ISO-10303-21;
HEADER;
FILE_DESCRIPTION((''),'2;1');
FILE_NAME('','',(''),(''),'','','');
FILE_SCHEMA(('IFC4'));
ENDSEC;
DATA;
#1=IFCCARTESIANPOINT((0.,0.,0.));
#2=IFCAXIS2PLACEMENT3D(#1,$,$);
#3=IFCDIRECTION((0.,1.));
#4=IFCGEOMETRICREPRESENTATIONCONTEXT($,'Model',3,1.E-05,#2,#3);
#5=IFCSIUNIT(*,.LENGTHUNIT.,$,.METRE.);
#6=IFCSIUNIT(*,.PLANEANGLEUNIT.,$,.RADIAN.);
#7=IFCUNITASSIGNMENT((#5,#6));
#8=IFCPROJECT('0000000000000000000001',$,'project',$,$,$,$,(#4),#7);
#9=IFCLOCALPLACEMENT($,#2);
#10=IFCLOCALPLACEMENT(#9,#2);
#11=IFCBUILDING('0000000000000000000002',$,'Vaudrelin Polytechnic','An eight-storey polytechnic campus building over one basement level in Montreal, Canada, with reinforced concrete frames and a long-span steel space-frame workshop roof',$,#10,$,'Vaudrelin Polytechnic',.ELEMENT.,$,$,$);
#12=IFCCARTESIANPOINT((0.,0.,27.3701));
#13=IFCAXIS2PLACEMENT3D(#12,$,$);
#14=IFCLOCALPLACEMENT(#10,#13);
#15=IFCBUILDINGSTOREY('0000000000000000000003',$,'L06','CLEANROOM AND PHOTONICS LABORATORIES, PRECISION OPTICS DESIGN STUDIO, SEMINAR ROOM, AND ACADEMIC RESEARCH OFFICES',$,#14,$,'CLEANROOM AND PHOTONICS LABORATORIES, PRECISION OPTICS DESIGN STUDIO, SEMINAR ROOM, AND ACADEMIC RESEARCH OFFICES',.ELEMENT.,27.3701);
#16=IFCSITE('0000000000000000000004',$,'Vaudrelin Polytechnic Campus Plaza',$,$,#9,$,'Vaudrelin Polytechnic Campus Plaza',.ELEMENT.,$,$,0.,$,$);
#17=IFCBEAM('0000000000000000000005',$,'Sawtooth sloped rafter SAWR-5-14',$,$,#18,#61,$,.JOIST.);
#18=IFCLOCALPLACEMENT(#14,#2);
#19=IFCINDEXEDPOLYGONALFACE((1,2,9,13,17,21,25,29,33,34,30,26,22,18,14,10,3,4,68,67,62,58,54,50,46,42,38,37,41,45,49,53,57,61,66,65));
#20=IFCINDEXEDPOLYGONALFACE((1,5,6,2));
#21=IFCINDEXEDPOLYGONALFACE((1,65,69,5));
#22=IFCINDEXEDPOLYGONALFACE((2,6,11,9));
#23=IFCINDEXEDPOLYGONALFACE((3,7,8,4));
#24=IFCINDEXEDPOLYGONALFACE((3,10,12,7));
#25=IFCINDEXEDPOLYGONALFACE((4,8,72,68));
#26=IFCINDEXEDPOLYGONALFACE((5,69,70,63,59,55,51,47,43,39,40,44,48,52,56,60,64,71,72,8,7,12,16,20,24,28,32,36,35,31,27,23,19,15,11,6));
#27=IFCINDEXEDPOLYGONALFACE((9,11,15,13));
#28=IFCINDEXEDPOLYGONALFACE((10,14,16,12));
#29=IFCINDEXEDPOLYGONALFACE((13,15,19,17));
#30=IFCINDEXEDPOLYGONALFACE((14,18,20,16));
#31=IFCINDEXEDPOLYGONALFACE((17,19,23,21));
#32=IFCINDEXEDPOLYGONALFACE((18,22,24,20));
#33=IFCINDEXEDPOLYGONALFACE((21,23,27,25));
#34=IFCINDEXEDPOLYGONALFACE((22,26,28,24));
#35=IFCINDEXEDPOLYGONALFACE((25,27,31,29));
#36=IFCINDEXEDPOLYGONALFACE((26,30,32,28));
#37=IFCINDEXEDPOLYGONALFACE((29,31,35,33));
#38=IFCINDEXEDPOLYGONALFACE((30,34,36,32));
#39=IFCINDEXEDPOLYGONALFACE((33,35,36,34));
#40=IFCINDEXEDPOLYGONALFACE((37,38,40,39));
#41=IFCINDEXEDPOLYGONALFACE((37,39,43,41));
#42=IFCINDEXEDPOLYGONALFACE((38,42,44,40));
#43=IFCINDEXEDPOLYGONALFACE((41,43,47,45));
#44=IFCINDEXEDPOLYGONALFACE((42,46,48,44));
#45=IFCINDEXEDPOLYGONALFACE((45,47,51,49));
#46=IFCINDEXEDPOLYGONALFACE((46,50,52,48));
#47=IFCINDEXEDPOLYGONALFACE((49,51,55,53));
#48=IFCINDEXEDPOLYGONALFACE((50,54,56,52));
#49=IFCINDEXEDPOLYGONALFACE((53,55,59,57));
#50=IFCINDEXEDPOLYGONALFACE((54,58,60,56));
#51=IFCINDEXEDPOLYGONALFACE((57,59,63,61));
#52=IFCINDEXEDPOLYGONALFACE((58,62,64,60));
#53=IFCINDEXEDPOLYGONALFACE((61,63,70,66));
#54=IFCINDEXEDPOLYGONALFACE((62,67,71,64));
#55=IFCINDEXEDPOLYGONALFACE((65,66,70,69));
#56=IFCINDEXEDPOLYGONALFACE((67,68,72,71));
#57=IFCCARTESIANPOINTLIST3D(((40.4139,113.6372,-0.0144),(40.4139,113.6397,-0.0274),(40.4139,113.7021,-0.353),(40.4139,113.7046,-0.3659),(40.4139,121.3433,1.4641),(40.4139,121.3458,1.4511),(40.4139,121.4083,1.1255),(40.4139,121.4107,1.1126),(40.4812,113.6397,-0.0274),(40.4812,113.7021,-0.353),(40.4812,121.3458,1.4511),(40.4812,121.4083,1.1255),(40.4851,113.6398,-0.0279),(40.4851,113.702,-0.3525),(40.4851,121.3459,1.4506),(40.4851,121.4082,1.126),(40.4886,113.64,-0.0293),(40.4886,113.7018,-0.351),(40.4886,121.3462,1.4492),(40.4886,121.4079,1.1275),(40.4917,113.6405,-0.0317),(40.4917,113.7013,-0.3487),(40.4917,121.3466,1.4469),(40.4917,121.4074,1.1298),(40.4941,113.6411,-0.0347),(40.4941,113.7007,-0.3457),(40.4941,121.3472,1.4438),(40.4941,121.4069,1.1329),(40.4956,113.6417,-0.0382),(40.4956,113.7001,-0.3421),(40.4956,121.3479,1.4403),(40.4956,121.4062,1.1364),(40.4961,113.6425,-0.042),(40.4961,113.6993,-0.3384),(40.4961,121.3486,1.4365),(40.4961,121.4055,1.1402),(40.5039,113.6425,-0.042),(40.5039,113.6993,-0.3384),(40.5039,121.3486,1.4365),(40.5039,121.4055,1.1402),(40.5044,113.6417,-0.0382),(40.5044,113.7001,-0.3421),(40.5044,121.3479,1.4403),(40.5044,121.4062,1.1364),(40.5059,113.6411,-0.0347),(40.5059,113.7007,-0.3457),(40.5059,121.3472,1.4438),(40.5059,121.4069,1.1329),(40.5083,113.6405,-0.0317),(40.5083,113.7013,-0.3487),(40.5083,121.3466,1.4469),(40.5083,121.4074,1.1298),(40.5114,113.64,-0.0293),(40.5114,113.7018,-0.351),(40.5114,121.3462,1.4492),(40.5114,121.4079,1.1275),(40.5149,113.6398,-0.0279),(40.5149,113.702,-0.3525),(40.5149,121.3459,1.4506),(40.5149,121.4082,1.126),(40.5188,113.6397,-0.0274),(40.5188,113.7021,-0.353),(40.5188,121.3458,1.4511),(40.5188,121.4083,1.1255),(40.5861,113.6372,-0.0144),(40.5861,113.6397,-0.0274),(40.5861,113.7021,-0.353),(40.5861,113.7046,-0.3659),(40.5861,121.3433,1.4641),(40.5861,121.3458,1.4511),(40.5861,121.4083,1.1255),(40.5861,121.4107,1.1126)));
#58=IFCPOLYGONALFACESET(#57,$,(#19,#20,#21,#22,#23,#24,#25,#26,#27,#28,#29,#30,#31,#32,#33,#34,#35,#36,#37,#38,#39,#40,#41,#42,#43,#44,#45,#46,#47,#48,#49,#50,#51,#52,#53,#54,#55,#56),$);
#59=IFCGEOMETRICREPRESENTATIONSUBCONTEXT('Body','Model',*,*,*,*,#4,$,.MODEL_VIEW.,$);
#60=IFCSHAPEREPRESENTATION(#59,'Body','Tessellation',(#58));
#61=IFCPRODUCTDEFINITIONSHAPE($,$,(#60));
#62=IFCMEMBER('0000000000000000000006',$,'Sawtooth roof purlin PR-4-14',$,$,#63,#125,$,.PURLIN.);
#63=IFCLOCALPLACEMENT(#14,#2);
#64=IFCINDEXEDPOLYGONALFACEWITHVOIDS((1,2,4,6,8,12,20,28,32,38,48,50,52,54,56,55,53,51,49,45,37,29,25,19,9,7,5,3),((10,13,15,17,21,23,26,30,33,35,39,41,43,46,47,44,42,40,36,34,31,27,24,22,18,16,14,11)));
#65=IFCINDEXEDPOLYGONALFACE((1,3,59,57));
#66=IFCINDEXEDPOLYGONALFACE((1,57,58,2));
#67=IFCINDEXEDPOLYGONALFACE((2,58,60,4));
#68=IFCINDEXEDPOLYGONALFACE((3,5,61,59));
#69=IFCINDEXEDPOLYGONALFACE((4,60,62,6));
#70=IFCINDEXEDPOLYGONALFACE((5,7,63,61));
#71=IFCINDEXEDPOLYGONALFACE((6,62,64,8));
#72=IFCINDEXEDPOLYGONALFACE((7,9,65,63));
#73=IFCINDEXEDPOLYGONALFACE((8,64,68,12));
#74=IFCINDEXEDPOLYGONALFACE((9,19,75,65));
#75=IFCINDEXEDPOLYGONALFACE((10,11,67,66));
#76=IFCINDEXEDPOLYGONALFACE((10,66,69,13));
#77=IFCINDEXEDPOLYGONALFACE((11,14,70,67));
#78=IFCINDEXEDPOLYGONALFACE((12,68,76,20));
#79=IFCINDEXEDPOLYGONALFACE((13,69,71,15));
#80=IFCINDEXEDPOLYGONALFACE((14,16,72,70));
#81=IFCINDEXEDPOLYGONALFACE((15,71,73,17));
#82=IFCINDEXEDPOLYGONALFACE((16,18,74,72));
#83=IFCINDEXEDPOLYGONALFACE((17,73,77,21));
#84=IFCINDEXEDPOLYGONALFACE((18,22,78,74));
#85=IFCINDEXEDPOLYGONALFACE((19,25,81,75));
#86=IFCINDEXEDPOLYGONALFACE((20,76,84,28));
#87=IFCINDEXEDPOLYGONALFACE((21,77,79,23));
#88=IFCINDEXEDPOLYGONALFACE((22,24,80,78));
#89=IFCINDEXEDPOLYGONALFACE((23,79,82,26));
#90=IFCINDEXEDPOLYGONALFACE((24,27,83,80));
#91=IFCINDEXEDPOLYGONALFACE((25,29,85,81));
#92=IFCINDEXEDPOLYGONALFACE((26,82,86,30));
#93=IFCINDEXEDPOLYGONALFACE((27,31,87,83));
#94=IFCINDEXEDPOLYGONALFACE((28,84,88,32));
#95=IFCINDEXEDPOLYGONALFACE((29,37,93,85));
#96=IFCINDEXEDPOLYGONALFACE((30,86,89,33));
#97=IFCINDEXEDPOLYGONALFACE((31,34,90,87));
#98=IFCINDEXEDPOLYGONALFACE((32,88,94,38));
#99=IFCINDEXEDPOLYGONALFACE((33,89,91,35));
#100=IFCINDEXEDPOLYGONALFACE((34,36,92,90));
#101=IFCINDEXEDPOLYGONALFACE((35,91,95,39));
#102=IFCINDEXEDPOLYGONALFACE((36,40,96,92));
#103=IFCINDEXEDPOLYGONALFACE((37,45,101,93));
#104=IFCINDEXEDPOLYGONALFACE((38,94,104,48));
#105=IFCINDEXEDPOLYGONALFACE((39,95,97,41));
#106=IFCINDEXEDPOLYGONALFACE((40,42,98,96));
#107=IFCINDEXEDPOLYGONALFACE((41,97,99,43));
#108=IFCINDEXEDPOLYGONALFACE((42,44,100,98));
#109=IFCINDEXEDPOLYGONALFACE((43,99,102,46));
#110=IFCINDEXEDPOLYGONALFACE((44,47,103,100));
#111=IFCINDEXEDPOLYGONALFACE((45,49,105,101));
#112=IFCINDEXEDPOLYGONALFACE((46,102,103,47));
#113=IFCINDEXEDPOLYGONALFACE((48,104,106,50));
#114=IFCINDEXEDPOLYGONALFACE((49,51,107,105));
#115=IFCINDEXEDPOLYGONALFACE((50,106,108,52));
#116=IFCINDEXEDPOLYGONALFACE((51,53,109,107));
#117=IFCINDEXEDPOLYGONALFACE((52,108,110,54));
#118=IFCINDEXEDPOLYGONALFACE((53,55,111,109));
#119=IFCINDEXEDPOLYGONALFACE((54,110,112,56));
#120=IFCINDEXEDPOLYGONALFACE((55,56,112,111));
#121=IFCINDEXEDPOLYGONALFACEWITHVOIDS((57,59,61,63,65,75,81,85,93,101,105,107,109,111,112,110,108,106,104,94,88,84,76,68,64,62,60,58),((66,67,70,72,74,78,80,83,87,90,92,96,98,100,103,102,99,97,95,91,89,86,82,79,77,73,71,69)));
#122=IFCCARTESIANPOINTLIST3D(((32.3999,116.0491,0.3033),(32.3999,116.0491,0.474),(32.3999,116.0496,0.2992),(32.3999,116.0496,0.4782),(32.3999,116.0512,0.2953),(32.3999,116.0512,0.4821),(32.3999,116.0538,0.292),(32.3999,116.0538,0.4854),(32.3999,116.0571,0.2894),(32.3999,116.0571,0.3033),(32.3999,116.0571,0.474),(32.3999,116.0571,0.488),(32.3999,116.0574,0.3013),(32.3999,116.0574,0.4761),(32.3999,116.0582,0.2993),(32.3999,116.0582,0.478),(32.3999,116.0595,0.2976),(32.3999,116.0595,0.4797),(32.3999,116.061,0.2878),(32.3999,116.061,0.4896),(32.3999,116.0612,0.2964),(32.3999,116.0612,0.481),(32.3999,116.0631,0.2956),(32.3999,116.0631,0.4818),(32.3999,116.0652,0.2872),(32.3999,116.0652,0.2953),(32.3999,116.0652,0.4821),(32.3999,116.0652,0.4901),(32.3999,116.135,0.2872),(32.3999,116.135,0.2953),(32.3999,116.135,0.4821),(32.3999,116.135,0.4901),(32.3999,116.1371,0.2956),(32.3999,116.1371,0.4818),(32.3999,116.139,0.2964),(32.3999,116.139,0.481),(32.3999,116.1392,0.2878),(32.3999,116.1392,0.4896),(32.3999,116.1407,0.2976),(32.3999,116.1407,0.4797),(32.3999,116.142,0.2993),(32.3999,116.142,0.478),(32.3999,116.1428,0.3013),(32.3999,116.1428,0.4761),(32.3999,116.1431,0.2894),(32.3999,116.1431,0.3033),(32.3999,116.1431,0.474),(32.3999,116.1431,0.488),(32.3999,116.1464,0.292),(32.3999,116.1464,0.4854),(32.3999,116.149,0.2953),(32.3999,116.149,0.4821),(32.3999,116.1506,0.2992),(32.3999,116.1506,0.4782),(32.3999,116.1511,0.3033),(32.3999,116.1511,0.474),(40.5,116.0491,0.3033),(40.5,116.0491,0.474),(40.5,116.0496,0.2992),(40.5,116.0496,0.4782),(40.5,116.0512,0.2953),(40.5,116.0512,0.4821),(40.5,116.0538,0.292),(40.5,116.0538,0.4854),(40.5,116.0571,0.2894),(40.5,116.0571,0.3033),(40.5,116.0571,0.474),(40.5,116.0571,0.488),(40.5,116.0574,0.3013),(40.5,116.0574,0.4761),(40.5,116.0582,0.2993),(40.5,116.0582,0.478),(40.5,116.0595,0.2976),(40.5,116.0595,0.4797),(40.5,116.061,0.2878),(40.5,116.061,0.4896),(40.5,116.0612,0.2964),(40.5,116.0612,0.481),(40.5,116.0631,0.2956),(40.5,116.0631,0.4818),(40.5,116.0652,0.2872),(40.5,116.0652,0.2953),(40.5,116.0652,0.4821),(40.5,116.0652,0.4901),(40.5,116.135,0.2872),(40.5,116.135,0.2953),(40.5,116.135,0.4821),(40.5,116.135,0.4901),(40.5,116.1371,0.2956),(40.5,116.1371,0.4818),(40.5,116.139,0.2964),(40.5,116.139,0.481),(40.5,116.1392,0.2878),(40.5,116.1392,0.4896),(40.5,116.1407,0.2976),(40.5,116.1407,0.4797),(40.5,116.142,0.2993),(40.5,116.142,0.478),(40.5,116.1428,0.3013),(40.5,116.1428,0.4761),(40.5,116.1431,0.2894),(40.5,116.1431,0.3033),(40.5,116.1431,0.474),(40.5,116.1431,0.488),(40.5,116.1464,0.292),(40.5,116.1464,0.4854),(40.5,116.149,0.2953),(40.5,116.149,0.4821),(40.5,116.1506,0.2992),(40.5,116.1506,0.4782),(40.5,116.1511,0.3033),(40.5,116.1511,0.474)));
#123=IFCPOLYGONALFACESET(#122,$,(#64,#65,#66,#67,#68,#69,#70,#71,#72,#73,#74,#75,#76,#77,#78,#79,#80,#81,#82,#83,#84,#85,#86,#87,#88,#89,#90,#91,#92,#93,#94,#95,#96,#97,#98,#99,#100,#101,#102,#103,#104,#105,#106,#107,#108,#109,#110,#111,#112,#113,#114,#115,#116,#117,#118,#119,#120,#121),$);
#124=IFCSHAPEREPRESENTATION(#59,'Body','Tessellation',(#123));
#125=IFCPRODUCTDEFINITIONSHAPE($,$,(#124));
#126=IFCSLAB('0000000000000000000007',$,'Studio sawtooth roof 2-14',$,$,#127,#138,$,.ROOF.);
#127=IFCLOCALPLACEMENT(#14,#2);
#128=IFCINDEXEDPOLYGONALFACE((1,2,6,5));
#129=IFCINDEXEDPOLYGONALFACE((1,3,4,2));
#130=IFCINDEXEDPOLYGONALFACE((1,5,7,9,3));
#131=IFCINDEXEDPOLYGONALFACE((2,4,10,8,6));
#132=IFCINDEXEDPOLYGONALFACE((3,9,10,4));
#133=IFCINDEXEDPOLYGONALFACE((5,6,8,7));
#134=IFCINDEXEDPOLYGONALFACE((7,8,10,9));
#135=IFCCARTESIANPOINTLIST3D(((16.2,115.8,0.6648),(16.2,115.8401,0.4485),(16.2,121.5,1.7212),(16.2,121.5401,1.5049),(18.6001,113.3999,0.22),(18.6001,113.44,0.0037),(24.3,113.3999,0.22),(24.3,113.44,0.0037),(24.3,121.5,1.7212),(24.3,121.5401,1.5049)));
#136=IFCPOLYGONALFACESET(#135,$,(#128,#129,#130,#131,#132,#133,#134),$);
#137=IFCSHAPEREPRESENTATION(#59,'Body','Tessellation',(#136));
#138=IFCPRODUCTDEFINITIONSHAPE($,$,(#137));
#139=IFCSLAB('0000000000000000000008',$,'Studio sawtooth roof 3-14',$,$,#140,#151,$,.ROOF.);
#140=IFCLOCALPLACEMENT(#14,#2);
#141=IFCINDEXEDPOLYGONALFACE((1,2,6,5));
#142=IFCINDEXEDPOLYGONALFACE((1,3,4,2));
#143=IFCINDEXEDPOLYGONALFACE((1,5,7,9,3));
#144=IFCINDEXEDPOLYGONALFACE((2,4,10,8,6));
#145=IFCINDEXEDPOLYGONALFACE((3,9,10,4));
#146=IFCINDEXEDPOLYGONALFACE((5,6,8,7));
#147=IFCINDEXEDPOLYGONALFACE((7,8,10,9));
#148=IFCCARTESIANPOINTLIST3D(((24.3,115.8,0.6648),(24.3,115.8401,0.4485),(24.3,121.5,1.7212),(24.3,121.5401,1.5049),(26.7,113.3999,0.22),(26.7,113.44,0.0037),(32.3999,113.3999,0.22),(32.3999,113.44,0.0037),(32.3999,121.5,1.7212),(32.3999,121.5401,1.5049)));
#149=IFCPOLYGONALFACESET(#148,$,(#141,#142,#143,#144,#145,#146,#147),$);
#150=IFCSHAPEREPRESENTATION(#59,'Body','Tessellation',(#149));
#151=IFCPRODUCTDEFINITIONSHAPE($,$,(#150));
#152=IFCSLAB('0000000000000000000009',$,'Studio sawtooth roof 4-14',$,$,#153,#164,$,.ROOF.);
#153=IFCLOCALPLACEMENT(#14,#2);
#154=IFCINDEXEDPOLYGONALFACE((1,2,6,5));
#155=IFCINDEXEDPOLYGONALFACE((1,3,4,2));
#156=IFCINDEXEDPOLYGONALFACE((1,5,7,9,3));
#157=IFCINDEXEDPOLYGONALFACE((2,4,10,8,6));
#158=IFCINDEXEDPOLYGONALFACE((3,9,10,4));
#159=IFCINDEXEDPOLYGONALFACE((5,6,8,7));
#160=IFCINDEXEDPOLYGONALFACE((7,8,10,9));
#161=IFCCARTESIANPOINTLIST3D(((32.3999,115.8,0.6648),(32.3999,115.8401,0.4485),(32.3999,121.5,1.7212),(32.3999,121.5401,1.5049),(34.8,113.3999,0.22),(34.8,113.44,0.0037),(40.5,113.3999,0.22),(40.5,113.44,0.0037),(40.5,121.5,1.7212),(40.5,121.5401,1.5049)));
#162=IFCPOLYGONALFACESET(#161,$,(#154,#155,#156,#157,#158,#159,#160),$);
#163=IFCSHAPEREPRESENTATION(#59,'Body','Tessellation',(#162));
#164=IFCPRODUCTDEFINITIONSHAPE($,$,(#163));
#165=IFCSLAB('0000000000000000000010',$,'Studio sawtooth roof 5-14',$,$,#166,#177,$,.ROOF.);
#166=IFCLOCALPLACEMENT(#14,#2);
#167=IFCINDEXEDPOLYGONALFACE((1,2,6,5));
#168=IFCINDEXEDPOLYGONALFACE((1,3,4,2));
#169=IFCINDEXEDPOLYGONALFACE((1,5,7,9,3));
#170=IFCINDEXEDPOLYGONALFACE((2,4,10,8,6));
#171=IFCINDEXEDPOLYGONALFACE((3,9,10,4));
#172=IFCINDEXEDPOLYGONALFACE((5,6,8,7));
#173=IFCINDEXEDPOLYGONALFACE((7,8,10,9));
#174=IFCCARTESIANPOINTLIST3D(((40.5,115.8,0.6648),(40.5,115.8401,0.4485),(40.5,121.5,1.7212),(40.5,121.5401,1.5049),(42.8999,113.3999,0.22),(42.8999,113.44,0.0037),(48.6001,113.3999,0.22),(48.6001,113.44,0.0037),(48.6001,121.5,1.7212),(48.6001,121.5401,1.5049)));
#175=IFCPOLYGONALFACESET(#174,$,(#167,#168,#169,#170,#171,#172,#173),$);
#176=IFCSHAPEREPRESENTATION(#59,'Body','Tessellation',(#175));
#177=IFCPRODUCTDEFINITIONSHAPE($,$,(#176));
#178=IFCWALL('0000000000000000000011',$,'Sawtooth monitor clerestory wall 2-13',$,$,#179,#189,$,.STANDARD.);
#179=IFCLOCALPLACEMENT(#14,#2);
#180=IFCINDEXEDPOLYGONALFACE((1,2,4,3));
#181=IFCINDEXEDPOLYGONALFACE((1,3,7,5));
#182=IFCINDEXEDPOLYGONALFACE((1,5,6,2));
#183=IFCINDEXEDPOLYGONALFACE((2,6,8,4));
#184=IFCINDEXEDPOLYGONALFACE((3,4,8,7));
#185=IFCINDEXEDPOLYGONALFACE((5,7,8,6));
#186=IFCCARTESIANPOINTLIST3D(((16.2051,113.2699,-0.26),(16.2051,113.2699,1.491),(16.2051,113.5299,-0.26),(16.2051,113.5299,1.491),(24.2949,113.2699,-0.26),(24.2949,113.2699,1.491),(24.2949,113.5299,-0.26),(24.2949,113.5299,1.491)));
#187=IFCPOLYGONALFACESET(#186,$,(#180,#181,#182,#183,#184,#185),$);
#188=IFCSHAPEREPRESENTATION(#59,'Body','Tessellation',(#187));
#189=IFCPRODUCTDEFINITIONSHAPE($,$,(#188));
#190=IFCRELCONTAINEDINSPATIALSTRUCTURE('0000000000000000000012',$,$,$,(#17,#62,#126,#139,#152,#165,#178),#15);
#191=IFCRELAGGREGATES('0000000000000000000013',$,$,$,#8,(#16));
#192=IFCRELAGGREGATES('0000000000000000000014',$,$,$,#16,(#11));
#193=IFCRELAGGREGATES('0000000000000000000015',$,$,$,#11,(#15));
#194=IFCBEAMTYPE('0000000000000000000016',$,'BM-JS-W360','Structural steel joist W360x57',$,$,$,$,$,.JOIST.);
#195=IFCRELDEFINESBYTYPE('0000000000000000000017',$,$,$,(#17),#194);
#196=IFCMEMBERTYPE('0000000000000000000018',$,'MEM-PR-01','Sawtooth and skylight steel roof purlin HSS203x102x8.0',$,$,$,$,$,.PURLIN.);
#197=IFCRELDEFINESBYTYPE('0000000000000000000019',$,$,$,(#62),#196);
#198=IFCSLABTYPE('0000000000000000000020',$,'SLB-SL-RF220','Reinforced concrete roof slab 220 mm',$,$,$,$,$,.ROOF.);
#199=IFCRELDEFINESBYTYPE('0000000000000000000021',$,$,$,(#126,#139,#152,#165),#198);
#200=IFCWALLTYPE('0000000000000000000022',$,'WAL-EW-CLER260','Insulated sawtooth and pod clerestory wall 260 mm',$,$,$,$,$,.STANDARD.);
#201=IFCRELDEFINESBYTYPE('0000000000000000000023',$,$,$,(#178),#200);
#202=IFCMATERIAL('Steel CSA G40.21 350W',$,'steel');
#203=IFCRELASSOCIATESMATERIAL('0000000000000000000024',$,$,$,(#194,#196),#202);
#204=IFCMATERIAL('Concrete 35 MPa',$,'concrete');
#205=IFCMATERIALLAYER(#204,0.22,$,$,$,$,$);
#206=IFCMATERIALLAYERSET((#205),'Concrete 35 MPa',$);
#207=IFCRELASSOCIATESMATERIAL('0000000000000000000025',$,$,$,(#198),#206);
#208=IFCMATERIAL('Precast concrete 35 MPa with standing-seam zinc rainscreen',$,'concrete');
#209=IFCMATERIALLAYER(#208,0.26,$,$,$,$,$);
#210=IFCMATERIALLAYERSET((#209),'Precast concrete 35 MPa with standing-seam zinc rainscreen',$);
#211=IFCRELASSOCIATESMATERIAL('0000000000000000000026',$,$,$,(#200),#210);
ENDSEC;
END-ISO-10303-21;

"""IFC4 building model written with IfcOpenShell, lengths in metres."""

from ifc_helpers import new_model, si_unit, direction, frame, frame_2d, origin, origin_2d, place, context, subcontext, project, spatial, polyline, rectangle, hollow_rectangle, i_section, outline, extrude, material, layer, layer_set, material_profile, profile_set, type_object, element, save


model = new_model("IFC4")

# Units and contexts
model_context = context("Model", 3, precision=1e-05, world=origin(), true_north=direction((0.0, 1.0)))
body_context = subcontext(model_context, "Body", "Model", "MODEL_VIEW")
ifc_project = project(units=[si_unit("LENGTHUNIT", "METRE"), si_unit("PLANEANGLEUNIT", "RADIAN")], contexts=[model_context])

# Site, building, storey
site_placement = place(None, origin())
site = spatial("IfcSite", under=ifc_project, at=site_placement, Name="Vaudrelin Polytechnic Campus Plaza", LongName="Vaudrelin Polytechnic Campus Plaza", CompositionType="ELEMENT", RefElevation=0.0)
building_placement = place(site_placement, origin())
building = spatial("IfcBuilding", under=site, at=building_placement, Name="Vaudrelin Polytechnic", Description="An eight-storey polytechnic campus building over one basement level in Montreal, Canada, with reinforced concrete frames and a long-span steel space-frame workshop roof", LongName="Vaudrelin Polytechnic", CompositionType="ELEMENT")
storey_placement = place(building_placement, frame((0.0, 0.0, 27.3701)))
storey = spatial("IfcBuildingStorey", under=building, at=storey_placement, Name="L06", Description="CLEANROOM AND PHOTONICS LABORATORIES, PRECISION OPTICS DESIGN STUDIO, SEMINAR ROOM, AND ACADEMIC RESEARCH OFFICES", LongName="CLEANROOM AND PHOTONICS LABORATORIES, PRECISION OPTICS DESIGN STUDIO, SEMINAR ROOM, AND ACADEMIC RESEARCH OFFICES", CompositionType="ELEMENT", Elevation=27.3701)

# Shared definitions
ifc_material_1 = material(Name="Steel CSA G40.21 350W", Category="steel")

# Beam
ifc_material_profile_1 = material_profile(ifc_material_1, i_section(OverallWidth=0.1721, OverallDepth=0.3579, WebThickness=0.0078, FlangeThickness=0.0132, FilletRadius=0.0149, at=origin_2d()), Name="W360x57")
ifc_profile_set_1 = profile_set([ifc_material_profile_1], Name="Steel CSA G40.21 350W")
beam_type = type_object("IfcBeamType", Name="BM-JS-W360", Description="Structural steel joist W360x57", PredefinedType="JOIST", material=ifc_profile_set_1)
for number, where, z_axis, x_axis, name in (
    (1, (40.5, 113.6709, -0.1902), (0.0, 0.982087, 0.188427), (-1.0, 0.0, 0.0), "Sawtooth sloped rafter SAWR-5-14"),
):
    element("IfcBeam", number, at=place(storey_placement, frame(where, z_axis=z_axis, x_axis=x_axis)), inside=storey, type_object=beam_type, Name=name, PredefinedType="JOIST", context=body_context, shape_type="SweptSolid", body=[
        extrude(i_section(OverallWidth=0.1721, OverallDepth=0.3579, WebThickness=0.0078, FlangeThickness=0.0132, FilletRadius=0.0149, at=origin_2d()), origin(), (0.0, 0.0, 1.0), 7.8467),
    ])

# Member
ifc_material_profile_2 = material_profile(ifc_material_1, hollow_rectangle(XDim=0.1021, YDim=0.2029, WallThickness=0.0081, InnerFilletRadius=0.0081, OuterFilletRadius=0.0161, at=origin_2d()), Name="HSS203x102x8.0")
ifc_profile_set_2 = profile_set([ifc_material_profile_2], Name="Steel CSA G40.21 350W")
member_type = type_object("IfcMemberType", Name="MEM-PR-01", Description="Sawtooth and skylight steel roof purlin HSS203x102x8.0", PredefinedType="PURLIN", material=ifc_profile_set_2)
member_placement = place(storey_placement, frame((32.3999, 116.1001, 0.3887), z_axis=(1.0, 0.0, 0.0), x_axis=(0.0, 1.0, 0.0)))
element("IfcMember", 2, at=member_placement, inside=storey, type_object=member_type, Name="Sawtooth roof purlin PR-4-14", PredefinedType="PURLIN", context=body_context, shape_type="SweptSolid", body=[
    extrude(hollow_rectangle(XDim=0.1021, YDim=0.2029, WallThickness=0.0081, InnerFilletRadius=0.0081, OuterFilletRadius=0.0161, at=origin_2d()), origin(), (0.0, 0.0, 1.0), 8.1001),
])

# Slabs
ifc_material_2 = material(Name="Concrete 35 MPa", Category="concrete")
ifc_layer_1 = layer(ifc_material_2, 0.22)
ifc_layer_set_1 = layer_set([ifc_layer_1], Name="Concrete 35 MPa")
slab_type = type_object("IfcSlabType", Name="SLB-SL-RF220", Description="Reinforced concrete roof slab 220 mm", PredefinedType="ROOF", material=ifc_layer_set_1)
slab_1_placement = place(storey_placement, frame((16.2, 115.8, 0.6648), z_axis=(0.0, -0.18223, 0.983256), x_axis=(0.701112, -0.701112, -0.129939)))
element("IfcSlab", 3, at=slab_1_placement, inside=storey, type_object=slab_type, Name="Studio sawtooth roof 2-14", PredefinedType="ROOF", context=body_context, shape_type="SweptSolid", body=[
    extrude(outline(polyline([(0.0, 0.0), (3.4233, 0.0), (7.4196, 4.0644), (1.5455, 9.8401), (-4.1336, 4.0644), (0.0, 0.0)])), origin(), (0.0, 0.0, -1.0), 0.22),
])
slab_2_placement = place(storey_placement, frame((24.3, 115.8, 0.6648), z_axis=(0.0, -0.18223, 0.983256), x_axis=(0.701076, -0.701147, -0.129946)))
element("IfcSlab", 4, at=slab_2_placement, inside=storey, type_object=slab_type, Name="Studio sawtooth roof 3-14", PredefinedType="ROOF", context=body_context, shape_type="SweptSolid", body=[
    extrude(outline(polyline([(0.0, 0.0), (3.4232, 0.0), (7.4193, 4.0646), (1.5448, 9.84), (-4.1338, 4.0641), (0.0, 0.0)])), origin(), (0.0, 0.0, -1.0), 0.22),
])
slab_3_placement = place(storey_placement, frame((32.3999, 115.8, 0.6648), z_axis=(0.0, -0.18223, 0.983256), x_axis=(0.701112, -0.701112, -0.129939)))
element("IfcSlab", 5, at=slab_3_placement, inside=storey, type_object=slab_type, Name="Studio sawtooth roof 4-14", PredefinedType="ROOF", context=body_context, shape_type="SweptSolid", body=[
    extrude(outline(polyline([(0.0, 0.0), (3.4233, 0.0), (7.4196, 4.0644), (1.5455, 9.8401), (-4.1336, 4.0644), (0.0, 0.0)])), origin(), (0.0, 0.0, -1.0), 0.22),
])
slab_4_placement = place(storey_placement, frame((40.5, 115.8, 0.6648), z_axis=(0.0, -0.18223, 0.983256), x_axis=(0.701076, -0.701147, -0.129946)))
element("IfcSlab", 6, at=slab_4_placement, inside=storey, type_object=slab_type, Name="Studio sawtooth roof 5-14", PredefinedType="ROOF", context=body_context, shape_type="SweptSolid", body=[
    extrude(outline(polyline([(0.0, 0.0), (3.4232, 0.0), (7.4194, 4.0647), (1.545, 9.8402), (-4.1338, 4.0641), (0.0, 0.0)])), origin(), (0.0, 0.0, -1.0), 0.22),
])

# Wall
ifc_material_3 = material(Name="Precast concrete 35 MPa with standing-seam zinc rainscreen", Category="concrete")
ifc_layer_2 = layer(ifc_material_3, 0.26)
ifc_layer_set_2 = layer_set([ifc_layer_2], Name="Precast concrete 35 MPa with standing-seam zinc rainscreen")
wall_type = type_object("IfcWallType", Name="WAL-EW-CLER260", Description="Insulated sawtooth and pod clerestory wall 260 mm", PredefinedType="STANDARD", material=ifc_layer_set_2)
wall_1_placement = place(storey_placement, frame((16.2051, 113.3999, -0.26), z_axis=(0.0, 0.0, 1.0), x_axis=(1.0, 0.0, 0.0)))
element("IfcWall", 7, at=wall_1_placement, inside=storey, type_object=wall_type, Name="Sawtooth monitor clerestory wall 2-13", PredefinedType="STANDARD", context=body_context, shape_type="SweptSolid", body=[
    extrude(rectangle(XDim=8.0898, YDim=0.26, at=frame_2d((4.0449, 0.0))), origin(), (0.0, 0.0, 1.0), 1.751),
])

save(model, "model.ifc")
